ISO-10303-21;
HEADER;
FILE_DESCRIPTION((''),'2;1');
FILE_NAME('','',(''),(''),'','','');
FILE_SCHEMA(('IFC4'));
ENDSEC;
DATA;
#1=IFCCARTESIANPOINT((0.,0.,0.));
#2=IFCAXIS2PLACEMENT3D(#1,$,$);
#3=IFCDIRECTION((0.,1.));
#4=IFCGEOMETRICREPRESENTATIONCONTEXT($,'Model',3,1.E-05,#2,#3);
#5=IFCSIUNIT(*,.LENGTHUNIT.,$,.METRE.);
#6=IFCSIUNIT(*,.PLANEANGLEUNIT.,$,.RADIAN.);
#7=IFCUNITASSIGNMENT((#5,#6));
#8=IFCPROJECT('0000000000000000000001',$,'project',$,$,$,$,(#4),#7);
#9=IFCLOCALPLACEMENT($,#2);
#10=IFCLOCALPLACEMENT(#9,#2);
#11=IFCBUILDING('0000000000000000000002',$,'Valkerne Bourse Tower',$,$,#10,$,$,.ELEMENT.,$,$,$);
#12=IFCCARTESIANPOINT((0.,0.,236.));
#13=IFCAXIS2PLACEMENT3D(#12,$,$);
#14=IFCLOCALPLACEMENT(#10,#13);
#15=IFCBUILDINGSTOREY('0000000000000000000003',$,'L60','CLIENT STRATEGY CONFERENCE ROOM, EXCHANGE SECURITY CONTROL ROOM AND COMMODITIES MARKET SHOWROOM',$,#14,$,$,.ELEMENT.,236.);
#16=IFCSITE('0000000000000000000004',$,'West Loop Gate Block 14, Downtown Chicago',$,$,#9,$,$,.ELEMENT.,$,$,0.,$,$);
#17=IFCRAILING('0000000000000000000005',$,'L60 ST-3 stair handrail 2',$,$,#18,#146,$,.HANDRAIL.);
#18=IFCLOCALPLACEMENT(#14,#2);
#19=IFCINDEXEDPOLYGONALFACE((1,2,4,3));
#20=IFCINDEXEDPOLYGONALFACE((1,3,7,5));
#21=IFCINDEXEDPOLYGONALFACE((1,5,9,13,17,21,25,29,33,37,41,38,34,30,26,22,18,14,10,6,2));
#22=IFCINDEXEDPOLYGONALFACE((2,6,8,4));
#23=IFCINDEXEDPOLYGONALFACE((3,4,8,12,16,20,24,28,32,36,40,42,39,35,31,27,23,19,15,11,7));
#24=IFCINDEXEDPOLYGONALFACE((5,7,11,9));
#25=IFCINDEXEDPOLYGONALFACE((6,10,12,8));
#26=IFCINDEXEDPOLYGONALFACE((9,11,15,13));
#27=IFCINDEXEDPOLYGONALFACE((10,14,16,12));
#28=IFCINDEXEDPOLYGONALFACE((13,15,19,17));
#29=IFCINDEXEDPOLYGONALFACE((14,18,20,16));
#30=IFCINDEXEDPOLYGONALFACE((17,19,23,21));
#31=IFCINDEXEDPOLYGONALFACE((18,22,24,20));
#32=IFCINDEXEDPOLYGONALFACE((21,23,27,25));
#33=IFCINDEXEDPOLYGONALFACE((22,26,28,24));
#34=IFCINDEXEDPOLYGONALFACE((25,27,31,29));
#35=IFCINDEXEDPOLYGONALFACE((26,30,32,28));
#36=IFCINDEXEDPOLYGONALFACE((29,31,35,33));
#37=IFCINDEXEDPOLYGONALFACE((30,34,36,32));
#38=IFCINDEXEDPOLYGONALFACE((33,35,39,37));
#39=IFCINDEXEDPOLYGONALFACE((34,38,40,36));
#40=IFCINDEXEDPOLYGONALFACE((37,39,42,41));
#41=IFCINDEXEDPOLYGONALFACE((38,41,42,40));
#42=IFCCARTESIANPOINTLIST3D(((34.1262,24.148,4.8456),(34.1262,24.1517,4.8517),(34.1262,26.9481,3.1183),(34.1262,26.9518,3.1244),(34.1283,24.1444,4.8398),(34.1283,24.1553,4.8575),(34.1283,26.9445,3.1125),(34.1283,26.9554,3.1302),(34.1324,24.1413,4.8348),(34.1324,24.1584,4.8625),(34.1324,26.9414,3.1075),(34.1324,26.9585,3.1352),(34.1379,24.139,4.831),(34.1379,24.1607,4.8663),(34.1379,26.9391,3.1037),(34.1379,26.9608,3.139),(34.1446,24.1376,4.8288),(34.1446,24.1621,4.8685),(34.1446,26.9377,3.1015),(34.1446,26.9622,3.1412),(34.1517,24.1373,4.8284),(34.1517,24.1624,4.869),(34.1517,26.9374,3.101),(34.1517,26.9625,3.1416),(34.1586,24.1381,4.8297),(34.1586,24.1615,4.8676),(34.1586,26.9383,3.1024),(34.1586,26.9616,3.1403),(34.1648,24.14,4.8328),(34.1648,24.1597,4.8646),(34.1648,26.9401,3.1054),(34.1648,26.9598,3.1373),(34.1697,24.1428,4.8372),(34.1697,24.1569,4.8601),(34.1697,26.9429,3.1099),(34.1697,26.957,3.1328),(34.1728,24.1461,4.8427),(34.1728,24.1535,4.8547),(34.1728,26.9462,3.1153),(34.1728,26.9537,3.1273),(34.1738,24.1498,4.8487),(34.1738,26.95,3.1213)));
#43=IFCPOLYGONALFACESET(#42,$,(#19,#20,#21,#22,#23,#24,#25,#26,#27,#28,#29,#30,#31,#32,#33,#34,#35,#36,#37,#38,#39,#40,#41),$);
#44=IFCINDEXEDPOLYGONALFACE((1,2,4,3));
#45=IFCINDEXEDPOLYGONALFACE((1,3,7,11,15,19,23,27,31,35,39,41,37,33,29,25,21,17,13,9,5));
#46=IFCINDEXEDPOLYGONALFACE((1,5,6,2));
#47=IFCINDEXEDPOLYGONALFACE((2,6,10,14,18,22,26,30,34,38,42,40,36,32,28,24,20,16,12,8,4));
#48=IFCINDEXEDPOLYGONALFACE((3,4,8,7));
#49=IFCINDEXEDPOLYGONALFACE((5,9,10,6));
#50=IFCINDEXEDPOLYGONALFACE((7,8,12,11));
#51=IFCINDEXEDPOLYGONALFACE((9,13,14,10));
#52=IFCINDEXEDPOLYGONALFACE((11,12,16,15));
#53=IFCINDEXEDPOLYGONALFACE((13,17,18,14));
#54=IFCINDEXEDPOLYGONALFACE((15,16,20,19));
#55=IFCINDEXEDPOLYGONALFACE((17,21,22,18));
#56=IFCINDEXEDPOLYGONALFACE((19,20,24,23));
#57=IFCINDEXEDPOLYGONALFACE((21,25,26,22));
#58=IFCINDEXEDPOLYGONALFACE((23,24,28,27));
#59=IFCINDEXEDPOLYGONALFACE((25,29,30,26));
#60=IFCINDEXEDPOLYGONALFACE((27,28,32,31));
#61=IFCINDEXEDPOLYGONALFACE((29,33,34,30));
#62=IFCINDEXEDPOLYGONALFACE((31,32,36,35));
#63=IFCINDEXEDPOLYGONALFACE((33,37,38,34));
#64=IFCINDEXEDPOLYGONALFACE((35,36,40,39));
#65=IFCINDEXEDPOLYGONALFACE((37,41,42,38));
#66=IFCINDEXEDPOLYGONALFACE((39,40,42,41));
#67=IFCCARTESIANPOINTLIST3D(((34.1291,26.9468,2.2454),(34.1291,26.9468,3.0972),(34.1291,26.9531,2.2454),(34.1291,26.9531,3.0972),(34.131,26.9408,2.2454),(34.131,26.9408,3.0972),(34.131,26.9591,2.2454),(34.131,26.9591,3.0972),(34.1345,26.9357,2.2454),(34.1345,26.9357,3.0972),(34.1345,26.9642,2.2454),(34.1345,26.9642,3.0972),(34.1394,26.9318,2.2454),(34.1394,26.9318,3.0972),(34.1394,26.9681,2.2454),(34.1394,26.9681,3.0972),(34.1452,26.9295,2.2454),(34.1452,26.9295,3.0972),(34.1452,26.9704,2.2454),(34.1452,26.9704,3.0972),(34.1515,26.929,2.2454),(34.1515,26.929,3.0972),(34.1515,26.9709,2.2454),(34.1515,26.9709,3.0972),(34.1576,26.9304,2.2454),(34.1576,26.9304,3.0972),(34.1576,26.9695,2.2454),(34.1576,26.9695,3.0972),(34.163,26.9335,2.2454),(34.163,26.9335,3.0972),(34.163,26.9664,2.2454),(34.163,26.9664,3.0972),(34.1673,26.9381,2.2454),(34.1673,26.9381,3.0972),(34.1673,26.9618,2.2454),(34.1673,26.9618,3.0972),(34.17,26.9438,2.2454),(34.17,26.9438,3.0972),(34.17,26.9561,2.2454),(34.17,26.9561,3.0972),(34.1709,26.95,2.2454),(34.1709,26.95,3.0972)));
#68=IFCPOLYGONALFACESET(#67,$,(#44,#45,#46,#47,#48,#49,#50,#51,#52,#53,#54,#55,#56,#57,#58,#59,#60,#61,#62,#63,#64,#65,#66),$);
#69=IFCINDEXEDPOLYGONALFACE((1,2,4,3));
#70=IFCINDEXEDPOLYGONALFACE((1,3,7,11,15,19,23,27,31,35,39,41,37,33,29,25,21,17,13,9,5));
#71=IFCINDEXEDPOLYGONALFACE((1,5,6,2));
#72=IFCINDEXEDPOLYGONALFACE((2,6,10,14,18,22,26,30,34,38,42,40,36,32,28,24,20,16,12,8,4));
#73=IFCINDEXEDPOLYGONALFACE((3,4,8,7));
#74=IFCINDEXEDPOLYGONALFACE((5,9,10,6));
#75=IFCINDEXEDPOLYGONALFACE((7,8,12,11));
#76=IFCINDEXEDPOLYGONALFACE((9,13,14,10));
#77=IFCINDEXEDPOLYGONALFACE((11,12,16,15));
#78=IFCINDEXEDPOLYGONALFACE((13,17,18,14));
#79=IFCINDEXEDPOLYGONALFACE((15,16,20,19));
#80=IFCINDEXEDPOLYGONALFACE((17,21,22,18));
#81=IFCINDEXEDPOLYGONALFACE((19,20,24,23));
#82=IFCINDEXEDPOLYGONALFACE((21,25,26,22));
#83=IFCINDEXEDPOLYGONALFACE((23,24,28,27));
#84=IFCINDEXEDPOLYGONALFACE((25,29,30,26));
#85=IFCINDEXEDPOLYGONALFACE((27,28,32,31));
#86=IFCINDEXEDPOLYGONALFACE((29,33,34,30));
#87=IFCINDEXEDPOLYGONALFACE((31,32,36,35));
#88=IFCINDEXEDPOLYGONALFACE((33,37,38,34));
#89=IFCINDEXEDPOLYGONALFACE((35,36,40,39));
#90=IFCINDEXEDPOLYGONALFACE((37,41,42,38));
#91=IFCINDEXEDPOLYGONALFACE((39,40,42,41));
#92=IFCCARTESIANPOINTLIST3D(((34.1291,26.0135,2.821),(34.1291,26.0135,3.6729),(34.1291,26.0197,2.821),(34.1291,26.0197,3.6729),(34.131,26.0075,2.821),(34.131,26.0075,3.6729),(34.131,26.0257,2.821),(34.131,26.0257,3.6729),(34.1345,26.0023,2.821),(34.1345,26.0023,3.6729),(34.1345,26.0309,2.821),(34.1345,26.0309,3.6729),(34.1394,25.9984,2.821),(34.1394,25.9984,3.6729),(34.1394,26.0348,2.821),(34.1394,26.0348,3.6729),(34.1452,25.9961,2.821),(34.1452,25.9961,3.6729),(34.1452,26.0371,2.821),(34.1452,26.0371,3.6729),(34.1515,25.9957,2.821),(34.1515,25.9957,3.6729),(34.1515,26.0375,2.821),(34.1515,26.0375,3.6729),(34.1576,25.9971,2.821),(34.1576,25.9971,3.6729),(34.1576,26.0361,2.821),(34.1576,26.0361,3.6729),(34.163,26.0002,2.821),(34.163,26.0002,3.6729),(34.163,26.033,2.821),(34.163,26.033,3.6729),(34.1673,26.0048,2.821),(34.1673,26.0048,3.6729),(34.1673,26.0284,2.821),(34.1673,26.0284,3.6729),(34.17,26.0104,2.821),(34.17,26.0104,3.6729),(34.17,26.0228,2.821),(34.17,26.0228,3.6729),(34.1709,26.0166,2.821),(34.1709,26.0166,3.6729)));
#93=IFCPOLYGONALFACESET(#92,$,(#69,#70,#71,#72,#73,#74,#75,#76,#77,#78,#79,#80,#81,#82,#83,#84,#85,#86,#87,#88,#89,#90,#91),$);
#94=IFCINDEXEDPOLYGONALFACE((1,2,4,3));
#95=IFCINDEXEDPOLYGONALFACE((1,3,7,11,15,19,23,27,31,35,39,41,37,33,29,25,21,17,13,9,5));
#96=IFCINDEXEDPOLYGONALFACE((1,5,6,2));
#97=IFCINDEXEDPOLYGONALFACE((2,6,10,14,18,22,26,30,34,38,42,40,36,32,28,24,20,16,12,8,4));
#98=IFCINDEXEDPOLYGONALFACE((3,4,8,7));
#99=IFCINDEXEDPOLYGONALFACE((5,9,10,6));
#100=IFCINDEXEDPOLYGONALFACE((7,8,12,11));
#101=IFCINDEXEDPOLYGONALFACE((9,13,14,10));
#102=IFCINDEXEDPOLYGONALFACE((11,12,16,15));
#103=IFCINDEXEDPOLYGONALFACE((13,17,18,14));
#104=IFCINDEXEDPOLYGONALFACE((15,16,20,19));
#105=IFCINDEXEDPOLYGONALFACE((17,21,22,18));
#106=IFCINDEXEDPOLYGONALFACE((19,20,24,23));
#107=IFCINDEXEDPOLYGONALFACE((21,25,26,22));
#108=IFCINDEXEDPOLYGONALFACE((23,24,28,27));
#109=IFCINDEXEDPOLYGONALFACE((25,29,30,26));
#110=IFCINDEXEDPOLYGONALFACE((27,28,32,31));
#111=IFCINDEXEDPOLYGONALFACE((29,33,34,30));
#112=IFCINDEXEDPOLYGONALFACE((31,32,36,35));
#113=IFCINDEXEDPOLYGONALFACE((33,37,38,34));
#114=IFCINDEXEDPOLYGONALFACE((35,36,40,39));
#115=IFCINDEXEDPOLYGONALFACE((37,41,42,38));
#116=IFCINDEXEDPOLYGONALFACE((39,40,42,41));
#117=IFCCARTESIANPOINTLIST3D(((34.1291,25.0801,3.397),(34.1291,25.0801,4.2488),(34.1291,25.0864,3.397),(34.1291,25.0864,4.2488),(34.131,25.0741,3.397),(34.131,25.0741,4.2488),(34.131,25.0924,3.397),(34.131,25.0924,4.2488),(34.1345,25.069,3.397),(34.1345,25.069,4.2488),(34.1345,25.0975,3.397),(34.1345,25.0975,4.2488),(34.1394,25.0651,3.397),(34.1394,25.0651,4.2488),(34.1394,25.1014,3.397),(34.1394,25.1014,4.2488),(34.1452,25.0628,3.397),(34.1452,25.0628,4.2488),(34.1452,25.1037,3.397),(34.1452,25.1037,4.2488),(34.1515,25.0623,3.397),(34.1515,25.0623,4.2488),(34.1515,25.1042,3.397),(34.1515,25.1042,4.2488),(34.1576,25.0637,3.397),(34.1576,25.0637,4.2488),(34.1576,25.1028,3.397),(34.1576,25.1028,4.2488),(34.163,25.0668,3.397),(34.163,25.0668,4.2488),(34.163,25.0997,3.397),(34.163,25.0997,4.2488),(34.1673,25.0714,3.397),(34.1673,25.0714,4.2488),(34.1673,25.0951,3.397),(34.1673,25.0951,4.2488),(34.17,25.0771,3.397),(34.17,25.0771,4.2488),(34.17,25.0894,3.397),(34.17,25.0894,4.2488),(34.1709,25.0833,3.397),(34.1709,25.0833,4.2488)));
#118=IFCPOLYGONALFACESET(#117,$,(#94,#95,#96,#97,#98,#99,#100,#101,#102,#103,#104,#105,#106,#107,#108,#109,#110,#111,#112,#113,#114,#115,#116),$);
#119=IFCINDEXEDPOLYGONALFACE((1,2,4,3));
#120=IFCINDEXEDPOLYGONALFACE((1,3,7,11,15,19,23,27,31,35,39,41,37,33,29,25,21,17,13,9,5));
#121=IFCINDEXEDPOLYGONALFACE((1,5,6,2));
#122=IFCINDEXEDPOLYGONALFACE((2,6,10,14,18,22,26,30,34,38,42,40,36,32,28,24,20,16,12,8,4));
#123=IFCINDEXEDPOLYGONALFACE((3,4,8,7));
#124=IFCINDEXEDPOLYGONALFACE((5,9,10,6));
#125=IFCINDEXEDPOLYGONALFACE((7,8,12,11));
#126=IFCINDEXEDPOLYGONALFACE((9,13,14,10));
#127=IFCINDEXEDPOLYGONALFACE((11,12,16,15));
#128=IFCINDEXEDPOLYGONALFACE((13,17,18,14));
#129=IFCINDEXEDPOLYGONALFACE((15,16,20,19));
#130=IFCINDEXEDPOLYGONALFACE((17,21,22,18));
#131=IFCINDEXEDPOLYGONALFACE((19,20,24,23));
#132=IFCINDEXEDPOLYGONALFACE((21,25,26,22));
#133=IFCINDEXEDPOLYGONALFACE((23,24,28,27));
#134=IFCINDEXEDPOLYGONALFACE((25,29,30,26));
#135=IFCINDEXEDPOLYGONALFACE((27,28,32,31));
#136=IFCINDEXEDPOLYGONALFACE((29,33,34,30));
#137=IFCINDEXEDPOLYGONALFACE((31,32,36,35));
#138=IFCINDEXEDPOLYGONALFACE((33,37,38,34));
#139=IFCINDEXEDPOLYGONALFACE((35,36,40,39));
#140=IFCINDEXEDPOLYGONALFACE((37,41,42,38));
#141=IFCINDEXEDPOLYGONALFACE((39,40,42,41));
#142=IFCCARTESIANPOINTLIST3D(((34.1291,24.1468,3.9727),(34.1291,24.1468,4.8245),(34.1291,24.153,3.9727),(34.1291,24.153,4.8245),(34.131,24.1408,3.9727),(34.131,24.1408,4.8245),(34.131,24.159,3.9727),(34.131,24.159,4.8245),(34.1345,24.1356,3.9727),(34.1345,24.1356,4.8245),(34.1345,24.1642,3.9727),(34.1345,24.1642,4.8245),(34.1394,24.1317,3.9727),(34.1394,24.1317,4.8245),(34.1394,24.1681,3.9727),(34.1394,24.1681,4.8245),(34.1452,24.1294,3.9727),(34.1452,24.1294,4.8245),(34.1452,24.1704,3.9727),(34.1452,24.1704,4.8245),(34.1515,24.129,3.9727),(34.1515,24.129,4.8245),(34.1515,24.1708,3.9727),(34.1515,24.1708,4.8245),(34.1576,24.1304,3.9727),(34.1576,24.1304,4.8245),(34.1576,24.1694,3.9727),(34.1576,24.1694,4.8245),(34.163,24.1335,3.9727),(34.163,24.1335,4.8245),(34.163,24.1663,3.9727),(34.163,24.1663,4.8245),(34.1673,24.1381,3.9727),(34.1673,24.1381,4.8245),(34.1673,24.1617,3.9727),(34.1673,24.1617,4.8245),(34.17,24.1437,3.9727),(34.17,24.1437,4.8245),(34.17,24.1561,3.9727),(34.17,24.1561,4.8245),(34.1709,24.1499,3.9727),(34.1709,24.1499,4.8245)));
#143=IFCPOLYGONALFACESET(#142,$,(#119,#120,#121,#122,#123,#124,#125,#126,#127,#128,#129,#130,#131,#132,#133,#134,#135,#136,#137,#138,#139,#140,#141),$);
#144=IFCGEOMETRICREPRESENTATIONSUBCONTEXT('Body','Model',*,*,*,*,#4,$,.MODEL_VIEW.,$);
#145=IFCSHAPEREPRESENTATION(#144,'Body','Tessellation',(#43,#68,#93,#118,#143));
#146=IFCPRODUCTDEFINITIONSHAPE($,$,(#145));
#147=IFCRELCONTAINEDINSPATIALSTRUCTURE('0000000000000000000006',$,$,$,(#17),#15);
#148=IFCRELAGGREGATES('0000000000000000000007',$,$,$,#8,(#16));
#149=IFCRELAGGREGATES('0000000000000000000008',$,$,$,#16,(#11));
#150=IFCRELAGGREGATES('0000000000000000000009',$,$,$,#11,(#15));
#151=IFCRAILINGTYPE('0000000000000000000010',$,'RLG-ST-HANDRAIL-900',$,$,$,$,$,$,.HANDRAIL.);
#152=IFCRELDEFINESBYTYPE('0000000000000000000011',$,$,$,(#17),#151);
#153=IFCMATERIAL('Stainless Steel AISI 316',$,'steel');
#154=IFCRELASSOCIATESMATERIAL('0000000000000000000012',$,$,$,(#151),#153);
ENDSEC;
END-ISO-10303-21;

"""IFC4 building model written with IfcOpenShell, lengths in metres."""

from ifc_helpers import new_model, si_unit, direction, frame, origin, origin_2d, place, context, subcontext, project, spatial, circle, extrude, material, type_object, element, save


model = new_model("IFC4")

# Units and contexts
model_context = context("Model", 3, precision=1e-05, world=origin(), true_north=direction((0.0, 1.0)))
body_context = subcontext(model_context, "Body", "Model", "MODEL_VIEW")
ifc_project = project(units=[si_unit("LENGTHUNIT", "METRE"), si_unit("PLANEANGLEUNIT", "RADIAN")], contexts=[model_context])

# Site, building, storey
site_placement = place(None, origin())
site = spatial("IfcSite", under=ifc_project, at=site_placement, Name="West Loop Gate Block 14, Downtown Chicago", CompositionType="ELEMENT", RefElevation=0.0)
building_placement = place(site_placement, origin())
building = spatial("IfcBuilding", under=site, at=building_placement, Name="Valkerne Bourse Tower", CompositionType="ELEMENT")
storey_placement = place(building_placement, frame((0.0, 0.0, 236.0)))
storey = spatial("IfcBuildingStorey", under=building, at=storey_placement, Name="L60", Description="CLIENT STRATEGY CONFERENCE ROOM, EXCHANGE SECURITY CONTROL ROOM AND COMMODITIES MARKET SHOWROOM", CompositionType="ELEMENT", Elevation=236.0)

# Railing
ifc_material_1 = material(Name="Stainless Steel AISI 316", Category="steel")
railing_type_1 = type_object("IfcRailingType", Name="RLG-ST-HANDRAIL-900", PredefinedType="HANDRAIL", material=ifc_material_1)
railing_1_placement = place(storey_placement, frame((34.1499, 26.95, 2.2454)))
element("IfcRailing", 1, at=railing_1_placement, inside=storey, type_object=railing_type_1, Name="L60 ST-3 stair handrail 2", PredefinedType="HANDRAIL", context=body_context, shape_type="SweptSolid", body=[
    extrude(circle(Radius=0.0239, at=origin_2d()), frame((0.0, 0.0, 0.876), z_axis=(0.0, -0.85109, 0.52502), x_axis=(1.0, 0.0, 0.0)), (0.0, 0.0, 1.0), 3.29),
    extrude(circle(Radius=0.021, at=origin_2d()), origin(), (0.0, 0.0, 1.0), 0.8518),
    extrude(circle(Radius=0.021, at=origin_2d()), frame((0.0, -0.9333, 0.5757)), (0.0, 0.0, 1.0), 0.8518),
    extrude(circle(Radius=0.021, at=origin_2d()), frame((0.0, -1.8667, 1.1516)), (0.0, 0.0, 1.0), 0.8518),
    extrude(circle(Radius=0.021, at=origin_2d()), frame((0.0, -2.8, 1.7273)), (0.0, 0.0, 1.0), 0.8518),
])

save(model, "model.ifc")
